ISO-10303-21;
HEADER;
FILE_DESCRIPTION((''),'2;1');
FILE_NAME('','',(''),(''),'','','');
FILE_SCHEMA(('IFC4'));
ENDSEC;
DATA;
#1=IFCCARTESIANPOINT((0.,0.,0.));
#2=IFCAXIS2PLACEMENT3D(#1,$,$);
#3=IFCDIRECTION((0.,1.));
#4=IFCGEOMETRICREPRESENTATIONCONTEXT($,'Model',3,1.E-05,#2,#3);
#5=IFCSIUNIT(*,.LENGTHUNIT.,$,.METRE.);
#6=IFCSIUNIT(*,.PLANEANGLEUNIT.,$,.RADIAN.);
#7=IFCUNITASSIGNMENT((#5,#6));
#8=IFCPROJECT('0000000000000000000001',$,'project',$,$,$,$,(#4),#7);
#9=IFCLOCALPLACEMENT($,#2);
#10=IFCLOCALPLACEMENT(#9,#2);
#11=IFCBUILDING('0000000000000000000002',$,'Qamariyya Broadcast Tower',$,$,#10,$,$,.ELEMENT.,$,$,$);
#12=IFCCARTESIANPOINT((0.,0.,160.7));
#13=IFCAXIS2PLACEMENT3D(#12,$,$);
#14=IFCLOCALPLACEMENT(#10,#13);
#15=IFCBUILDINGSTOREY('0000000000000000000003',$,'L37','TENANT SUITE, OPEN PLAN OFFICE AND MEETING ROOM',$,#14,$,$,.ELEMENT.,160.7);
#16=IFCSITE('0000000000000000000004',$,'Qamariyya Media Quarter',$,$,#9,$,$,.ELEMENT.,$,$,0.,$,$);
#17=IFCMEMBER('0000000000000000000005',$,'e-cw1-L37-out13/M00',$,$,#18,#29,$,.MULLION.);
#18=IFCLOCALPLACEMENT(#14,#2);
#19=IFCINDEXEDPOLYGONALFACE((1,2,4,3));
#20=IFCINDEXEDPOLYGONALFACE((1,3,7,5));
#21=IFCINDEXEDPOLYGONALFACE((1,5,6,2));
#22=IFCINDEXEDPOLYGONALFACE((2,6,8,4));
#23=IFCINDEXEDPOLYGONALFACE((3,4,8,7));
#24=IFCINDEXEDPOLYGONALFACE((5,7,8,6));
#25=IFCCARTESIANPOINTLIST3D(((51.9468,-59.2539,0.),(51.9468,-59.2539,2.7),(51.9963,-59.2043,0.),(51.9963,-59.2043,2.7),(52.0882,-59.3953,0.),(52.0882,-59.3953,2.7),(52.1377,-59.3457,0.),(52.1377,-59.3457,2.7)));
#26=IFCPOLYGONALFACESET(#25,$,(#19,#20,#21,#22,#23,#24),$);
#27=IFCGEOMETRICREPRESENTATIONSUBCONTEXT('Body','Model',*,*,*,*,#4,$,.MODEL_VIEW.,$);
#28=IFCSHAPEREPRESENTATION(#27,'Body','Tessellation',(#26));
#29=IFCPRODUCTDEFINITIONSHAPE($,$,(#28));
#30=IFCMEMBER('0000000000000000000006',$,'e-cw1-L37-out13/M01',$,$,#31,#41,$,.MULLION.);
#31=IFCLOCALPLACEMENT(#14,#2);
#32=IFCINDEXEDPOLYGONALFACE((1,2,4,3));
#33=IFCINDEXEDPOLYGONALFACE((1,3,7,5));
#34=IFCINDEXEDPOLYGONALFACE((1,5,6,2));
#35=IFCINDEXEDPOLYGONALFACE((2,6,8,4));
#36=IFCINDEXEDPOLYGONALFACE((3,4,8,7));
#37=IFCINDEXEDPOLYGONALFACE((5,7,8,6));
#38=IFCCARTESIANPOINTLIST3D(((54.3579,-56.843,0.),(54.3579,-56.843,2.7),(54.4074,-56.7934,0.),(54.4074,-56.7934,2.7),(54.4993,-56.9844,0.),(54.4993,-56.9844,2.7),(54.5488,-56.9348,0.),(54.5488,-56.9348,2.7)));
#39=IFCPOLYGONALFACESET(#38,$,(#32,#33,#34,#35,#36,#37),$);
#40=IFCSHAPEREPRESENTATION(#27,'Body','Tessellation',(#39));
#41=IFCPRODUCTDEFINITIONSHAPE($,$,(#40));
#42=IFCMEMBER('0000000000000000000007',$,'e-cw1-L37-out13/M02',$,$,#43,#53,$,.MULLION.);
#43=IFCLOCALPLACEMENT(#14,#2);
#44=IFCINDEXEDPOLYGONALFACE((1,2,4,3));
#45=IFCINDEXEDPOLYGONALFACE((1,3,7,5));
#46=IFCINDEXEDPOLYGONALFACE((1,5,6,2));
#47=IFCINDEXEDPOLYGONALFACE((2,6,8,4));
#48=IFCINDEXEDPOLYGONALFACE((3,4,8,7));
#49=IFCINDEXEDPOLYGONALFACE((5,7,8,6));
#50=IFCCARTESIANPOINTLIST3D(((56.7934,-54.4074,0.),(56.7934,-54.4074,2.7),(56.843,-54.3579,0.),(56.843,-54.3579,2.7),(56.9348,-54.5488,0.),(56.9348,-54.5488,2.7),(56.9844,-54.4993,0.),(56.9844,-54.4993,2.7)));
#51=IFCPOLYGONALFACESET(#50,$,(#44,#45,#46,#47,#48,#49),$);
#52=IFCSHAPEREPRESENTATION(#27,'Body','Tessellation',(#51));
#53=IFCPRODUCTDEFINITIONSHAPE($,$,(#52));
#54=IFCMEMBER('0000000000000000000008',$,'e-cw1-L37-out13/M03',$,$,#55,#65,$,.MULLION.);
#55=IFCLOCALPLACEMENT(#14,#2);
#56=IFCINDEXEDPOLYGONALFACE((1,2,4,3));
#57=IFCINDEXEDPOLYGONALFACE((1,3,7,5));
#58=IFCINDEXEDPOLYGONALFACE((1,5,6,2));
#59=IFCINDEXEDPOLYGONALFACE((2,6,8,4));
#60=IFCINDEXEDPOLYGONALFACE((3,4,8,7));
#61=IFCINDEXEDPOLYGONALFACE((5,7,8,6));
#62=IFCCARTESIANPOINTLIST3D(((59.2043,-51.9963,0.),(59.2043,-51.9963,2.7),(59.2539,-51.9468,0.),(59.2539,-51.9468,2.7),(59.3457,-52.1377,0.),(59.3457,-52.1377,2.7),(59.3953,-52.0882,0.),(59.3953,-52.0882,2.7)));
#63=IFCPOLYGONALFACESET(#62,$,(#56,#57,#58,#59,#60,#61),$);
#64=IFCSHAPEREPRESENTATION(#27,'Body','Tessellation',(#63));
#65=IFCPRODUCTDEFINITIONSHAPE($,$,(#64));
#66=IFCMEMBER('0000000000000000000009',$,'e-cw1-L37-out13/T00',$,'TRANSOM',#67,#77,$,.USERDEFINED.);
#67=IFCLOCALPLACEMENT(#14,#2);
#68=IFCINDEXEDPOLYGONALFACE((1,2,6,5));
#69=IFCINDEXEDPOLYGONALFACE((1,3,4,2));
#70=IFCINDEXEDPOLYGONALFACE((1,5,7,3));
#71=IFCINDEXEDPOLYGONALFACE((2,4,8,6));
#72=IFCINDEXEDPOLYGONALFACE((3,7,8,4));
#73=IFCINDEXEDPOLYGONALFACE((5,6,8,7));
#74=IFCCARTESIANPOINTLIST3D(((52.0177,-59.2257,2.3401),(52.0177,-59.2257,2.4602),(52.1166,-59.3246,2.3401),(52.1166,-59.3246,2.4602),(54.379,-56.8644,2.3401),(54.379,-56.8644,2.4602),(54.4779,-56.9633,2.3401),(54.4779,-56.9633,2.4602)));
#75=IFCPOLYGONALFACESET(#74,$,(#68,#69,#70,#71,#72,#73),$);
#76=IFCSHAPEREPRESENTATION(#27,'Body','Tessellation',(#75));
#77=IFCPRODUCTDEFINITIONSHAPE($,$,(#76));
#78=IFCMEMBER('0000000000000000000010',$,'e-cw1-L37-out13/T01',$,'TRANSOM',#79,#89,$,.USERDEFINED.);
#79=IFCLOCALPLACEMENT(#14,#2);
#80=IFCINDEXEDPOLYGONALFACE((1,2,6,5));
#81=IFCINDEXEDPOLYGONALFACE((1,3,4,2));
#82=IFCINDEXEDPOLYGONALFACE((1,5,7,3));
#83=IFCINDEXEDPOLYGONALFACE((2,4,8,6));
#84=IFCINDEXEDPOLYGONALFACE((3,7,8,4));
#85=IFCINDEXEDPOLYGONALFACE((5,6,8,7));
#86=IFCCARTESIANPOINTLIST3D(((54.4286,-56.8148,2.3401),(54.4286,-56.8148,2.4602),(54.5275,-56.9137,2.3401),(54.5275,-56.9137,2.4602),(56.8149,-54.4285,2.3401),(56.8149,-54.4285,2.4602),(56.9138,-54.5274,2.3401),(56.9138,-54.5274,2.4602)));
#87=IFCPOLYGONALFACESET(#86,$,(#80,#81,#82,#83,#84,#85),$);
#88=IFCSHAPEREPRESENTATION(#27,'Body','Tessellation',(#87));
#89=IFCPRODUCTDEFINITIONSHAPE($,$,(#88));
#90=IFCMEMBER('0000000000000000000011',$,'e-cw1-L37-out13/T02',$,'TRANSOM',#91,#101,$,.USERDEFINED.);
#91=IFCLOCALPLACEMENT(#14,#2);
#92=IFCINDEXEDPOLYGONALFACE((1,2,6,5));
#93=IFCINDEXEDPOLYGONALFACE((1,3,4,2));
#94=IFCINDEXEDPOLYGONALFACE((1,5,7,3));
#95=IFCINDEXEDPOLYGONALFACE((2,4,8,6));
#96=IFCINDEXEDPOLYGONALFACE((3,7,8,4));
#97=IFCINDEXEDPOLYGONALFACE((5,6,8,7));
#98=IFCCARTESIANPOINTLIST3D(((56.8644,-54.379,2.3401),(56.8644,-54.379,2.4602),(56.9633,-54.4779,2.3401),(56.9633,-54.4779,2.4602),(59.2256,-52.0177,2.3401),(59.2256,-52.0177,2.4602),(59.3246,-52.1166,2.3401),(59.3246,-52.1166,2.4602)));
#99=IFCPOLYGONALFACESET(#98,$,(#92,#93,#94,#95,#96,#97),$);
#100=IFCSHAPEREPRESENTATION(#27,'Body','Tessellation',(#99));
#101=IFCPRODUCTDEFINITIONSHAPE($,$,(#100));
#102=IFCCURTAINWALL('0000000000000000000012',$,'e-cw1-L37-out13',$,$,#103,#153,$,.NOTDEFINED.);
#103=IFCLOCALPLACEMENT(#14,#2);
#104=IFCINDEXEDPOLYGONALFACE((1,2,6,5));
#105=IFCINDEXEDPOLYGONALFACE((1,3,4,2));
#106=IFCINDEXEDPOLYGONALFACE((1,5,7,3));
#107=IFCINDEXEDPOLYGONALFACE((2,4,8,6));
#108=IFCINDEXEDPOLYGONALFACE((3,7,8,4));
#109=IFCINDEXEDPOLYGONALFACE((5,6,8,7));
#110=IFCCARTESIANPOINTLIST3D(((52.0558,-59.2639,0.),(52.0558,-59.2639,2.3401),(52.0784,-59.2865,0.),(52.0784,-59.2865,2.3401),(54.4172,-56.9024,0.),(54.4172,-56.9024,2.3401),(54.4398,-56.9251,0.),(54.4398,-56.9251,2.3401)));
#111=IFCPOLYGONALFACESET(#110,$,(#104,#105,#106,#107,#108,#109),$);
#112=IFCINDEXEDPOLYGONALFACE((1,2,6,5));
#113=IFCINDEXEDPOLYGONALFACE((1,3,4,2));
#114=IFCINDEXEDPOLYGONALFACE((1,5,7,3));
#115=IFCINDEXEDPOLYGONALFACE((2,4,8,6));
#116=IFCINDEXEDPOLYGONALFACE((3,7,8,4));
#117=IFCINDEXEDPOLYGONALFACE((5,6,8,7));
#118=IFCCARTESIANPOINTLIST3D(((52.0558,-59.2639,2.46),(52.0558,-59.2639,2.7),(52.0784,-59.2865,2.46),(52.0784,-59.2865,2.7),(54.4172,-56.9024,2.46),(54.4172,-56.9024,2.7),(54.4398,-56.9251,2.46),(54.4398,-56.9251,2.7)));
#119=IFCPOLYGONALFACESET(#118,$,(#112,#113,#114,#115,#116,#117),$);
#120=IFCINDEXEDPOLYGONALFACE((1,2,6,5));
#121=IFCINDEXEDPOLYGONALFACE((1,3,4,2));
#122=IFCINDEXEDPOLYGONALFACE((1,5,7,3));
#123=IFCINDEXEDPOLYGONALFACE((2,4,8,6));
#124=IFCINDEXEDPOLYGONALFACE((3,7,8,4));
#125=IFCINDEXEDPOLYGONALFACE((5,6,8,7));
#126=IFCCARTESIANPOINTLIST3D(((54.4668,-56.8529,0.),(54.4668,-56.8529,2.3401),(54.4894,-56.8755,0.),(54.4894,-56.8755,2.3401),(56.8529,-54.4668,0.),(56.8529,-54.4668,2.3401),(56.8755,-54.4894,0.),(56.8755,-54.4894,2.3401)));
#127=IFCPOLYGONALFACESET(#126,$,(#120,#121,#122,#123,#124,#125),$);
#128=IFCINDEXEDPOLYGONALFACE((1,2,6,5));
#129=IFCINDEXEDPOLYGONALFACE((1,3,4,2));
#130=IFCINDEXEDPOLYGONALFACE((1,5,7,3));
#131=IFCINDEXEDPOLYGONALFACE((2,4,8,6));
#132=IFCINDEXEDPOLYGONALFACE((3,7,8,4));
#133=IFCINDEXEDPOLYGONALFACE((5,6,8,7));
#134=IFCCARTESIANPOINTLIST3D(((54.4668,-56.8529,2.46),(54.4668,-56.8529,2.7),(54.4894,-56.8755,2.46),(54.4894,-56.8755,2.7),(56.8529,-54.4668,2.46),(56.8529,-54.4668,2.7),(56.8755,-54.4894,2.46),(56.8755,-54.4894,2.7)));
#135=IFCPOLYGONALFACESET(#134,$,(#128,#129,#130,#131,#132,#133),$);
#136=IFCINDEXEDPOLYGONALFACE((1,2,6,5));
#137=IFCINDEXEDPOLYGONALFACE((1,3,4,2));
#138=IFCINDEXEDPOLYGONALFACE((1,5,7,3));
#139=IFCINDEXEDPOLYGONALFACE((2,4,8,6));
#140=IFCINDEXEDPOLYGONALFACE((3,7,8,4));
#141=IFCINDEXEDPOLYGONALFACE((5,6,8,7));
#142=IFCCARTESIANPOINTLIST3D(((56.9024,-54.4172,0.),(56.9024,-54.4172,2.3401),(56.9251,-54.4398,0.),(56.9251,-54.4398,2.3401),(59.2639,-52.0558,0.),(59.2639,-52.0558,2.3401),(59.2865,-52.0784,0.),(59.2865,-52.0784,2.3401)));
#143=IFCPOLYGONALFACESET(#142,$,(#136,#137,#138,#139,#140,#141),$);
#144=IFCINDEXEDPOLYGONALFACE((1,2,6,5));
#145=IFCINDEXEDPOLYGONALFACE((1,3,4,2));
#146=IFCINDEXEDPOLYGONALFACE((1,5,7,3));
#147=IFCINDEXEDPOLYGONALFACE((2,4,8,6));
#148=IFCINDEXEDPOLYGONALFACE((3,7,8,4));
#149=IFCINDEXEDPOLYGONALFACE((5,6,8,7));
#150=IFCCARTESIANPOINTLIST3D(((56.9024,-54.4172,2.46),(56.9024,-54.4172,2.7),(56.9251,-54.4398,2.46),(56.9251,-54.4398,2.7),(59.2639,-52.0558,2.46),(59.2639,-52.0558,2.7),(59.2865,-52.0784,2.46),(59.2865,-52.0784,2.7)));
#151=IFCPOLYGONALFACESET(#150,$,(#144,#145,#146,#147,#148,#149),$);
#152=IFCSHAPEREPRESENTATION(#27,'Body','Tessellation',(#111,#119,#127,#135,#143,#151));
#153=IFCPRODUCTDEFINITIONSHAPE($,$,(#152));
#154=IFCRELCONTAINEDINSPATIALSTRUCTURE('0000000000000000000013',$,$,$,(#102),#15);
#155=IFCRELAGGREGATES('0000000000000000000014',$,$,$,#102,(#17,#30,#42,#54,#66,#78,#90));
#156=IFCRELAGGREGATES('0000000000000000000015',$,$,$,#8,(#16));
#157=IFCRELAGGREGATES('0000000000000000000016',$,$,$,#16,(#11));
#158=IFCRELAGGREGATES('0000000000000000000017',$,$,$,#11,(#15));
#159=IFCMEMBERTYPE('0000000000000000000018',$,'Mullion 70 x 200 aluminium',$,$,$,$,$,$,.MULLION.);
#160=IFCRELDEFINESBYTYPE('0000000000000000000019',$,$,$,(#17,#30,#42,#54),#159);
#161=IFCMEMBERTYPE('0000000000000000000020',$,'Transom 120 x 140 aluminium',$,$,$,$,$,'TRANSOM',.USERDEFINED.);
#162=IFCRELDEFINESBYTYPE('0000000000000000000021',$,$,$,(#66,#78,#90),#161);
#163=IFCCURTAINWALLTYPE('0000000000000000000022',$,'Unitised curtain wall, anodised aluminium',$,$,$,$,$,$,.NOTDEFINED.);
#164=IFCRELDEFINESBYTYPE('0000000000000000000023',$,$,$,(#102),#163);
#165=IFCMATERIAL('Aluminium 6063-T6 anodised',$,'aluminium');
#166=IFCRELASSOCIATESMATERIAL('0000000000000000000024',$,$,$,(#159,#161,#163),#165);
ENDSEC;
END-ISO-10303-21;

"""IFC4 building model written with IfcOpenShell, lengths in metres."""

from ifc_helpers import new_model, si_unit, direction, frame, origin, origin_2d, place, context, subcontext, project, spatial, rectangle, extrude, material, material_profile, profile_set, type_object, element, aggregate, save


model = new_model("IFC4")

# Units and contexts
model_context = context("Model", 3, precision=1e-05, world=origin(), true_north=direction((0.0, 1.0)))
body_context = subcontext(model_context, "Body", "Model", "MODEL_VIEW")
ifc_project = project(units=[si_unit("LENGTHUNIT", "METRE"), si_unit("PLANEANGLEUNIT", "RADIAN")], contexts=[model_context])

# Members
ifc_material = material(Name="Aluminium 6063-T6 anodised", Category="aluminium")
ifc_material_profile_1 = material_profile(ifc_material, rectangle(XDim=0.2, YDim=0.0701, at=origin_2d()))
ifc_profile_set_1 = profile_set([ifc_material_profile_1], Name="Aluminium 6063-T6 anodised")
member_type_1 = type_object("IfcMemberType", Name="Mullion 70 x 200 aluminium", PredefinedType="MULLION", material=ifc_profile_set_1)
site_placement = place(None, origin())
building_placement = place(site_placement, origin())
storey_placement = place(building_placement, frame((0.0, 0.0, 160.7)))
member_1_placement = place(storey_placement, frame((52.0422, -59.2998, 0.0), z_axis=(0.0, 0.0, 1.0), x_axis=(-0.707107, 0.707107, 0.0)))
member_1 = element("IfcMember", 1, at=member_1_placement, type_object=member_type_1, Name="e-cw1-L37-out13/M00", PredefinedType="MULLION", context=body_context, shape_type="SweptSolid", body=[
    extrude(rectangle(XDim=0.2, YDim=0.0701, at=origin_2d()), origin(), (0.0, 0.0, 1.0), 2.7),
])
member_2_placement = place(storey_placement, frame((54.4534, -56.8889, 0.0), z_axis=(0.0, 0.0, 1.0), x_axis=(-0.707107, 0.707107, 0.0)))
member_2 = element("IfcMember", 2, at=member_2_placement, type_object=member_type_1, Name="e-cw1-L37-out13/M01", PredefinedType="MULLION", context=body_context, shape_type="SweptSolid", body=[
    extrude(rectangle(XDim=0.2, YDim=0.0701, at=origin_2d()), origin(), (0.0, 0.0, 1.0), 2.7),
])
member_3_placement = place(storey_placement, frame((56.8889, -54.4534, 0.0), z_axis=(0.0, 0.0, 1.0), x_axis=(-0.707107, 0.707107, 0.0)))
member_3 = element("IfcMember", 3, at=member_3_placement, type_object=member_type_1, Name="e-cw1-L37-out13/M02", PredefinedType="MULLION", context=body_context, shape_type="SweptSolid", body=[
    extrude(rectangle(XDim=0.2, YDim=0.0701, at=origin_2d()), origin(), (0.0, 0.0, 1.0), 2.7),
])
member_4_placement = place(storey_placement, frame((59.2998, -52.0422, 0.0), z_axis=(0.0, 0.0, 1.0), x_axis=(-0.707107, 0.707107, 0.0)))
member_4 = element("IfcMember", 4, at=member_4_placement, type_object=member_type_1, Name="e-cw1-L37-out13/M03", PredefinedType="MULLION", context=body_context, shape_type="SweptSolid", body=[
    extrude(rectangle(XDim=0.2, YDim=0.0701, at=origin_2d()), origin(), (0.0, 0.0, 1.0), 2.7),
])
ifc_material_profile_2 = material_profile(ifc_material, rectangle(XDim=0.1399, YDim=0.1201, at=origin_2d()))
ifc_profile_set_2 = profile_set([ifc_material_profile_2], Name="Aluminium 6063-T6 anodised")
member_type_2 = type_object("IfcMemberType", Name="Transom 120 x 140 aluminium", ElementType="TRANSOM", PredefinedType="USERDEFINED", material=ifc_profile_set_2)
member_5_placement = place(storey_placement, frame((52.0671, -59.2751, 2.4001), z_axis=(0.707107, 0.707107, 0.0), x_axis=(-0.707107, 0.707107, 0.0)))
member_5 = element("IfcMember", 5, at=member_5_placement, type_object=member_type_2, Name="e-cw1-L37-out13/T00", ObjectType="TRANSOM", PredefinedType="USERDEFINED", context=body_context, shape_type="SweptSolid", body=[
    extrude(rectangle(XDim=0.1399, YDim=0.1201, at=origin_2d()), origin(), (0.0, 0.0, 1.0), 3.3394),
])
member_6_placement = place(storey_placement, frame((54.478, -56.8643, 2.4001), z_axis=(0.707107, 0.707107, 0.0), x_axis=(-0.707107, 0.707107, 0.0)))
member_6 = element("IfcMember", 6, at=member_6_placement, type_object=member_type_2, Name="e-cw1-L37-out13/T01", ObjectType="TRANSOM", PredefinedType="USERDEFINED", context=body_context, shape_type="SweptSolid", body=[
    extrude(rectangle(XDim=0.1399, YDim=0.1201, at=origin_2d()), origin(), (0.0, 0.0, 1.0), 3.3748),
])
member_7_placement = place(storey_placement, frame((56.9138, -54.4285, 2.4001), z_axis=(0.707107, 0.707107, 0.0), x_axis=(-0.707107, 0.707107, 0.0)))
member_7 = element("IfcMember", 7, at=member_7_placement, type_object=member_type_2, Name="e-cw1-L37-out13/T02", ObjectType="TRANSOM", PredefinedType="USERDEFINED", context=body_context, shape_type="SweptSolid", body=[
    extrude(rectangle(XDim=0.1399, YDim=0.1201, at=origin_2d()), origin(), (0.0, 0.0, 1.0), 3.3394),
])

# Site, building, storey
site = spatial("IfcSite", under=ifc_project, at=site_placement, Name="Qamariyya Media Quarter", CompositionType="ELEMENT", RefElevation=0.0)
building = spatial("IfcBuilding", under=site, at=building_placement, Name="Qamariyya Broadcast Tower", CompositionType="ELEMENT")
storey = spatial("IfcBuildingStorey", under=building, at=storey_placement, Name="L37", Description="TENANT SUITE, OPEN PLAN OFFICE AND MEETING ROOM", CompositionType="ELEMENT", Elevation=160.7)

# Curtain wall
curtain_wall_type = type_object("IfcCurtainWallType", Name="Unitised curtain wall, anodised aluminium", PredefinedType="NOTDEFINED", material=ifc_material)
curtain_wall_1_placement = place(storey_placement, origin())
curtain_wall_1 = element("IfcCurtainWall", 8, at=curtain_wall_1_placement, inside=storey, type_object=curtain_wall_type, Name="e-cw1-L37-out13", PredefinedType="NOTDEFINED", context=body_context, shape_type="SweptSolid", body=[
    extrude(rectangle(XDim=3.3396, YDim=0.032, at=origin_2d()), frame((53.2478, -58.0945, 0.0), x_axis=(0.707107, 0.707107, 0.0)), (0.0, 0.0, 1.0), 2.3401),
    extrude(rectangle(XDim=3.3396, YDim=0.032, at=origin_2d()), frame((53.2478, -58.0945, 2.46), x_axis=(0.707107, 0.707107, 0.0)), (0.0, 0.0, 1.0), 0.24),
    extrude(rectangle(XDim=3.3745, YDim=0.032, at=origin_2d()), frame((55.6711, -55.6711, 0.0), x_axis=(0.707107, 0.707107, 0.0)), (0.0, 0.0, 1.0), 2.3401),
    extrude(rectangle(XDim=3.3745, YDim=0.032, at=origin_2d()), frame((55.6711, -55.6711, 2.46), x_axis=(0.707107, 0.707107, 0.0)), (0.0, 0.0, 1.0), 0.24),
    extrude(rectangle(XDim=3.3396, YDim=0.032, at=origin_2d()), frame((58.0945, -53.2478, 0.0), x_axis=(0.707107, 0.707107, 0.0)), (0.0, 0.0, 1.0), 2.3401),
    extrude(rectangle(XDim=3.3396, YDim=0.032, at=origin_2d()), frame((58.0945, -53.2478, 2.46), x_axis=(0.707107, 0.707107, 0.0)), (0.0, 0.0, 1.0), 0.24),
])
aggregate(curtain_wall_1, [member_1, member_2, member_3, member_4, member_5, member_6, member_7])

save(model, "model.ifc")
